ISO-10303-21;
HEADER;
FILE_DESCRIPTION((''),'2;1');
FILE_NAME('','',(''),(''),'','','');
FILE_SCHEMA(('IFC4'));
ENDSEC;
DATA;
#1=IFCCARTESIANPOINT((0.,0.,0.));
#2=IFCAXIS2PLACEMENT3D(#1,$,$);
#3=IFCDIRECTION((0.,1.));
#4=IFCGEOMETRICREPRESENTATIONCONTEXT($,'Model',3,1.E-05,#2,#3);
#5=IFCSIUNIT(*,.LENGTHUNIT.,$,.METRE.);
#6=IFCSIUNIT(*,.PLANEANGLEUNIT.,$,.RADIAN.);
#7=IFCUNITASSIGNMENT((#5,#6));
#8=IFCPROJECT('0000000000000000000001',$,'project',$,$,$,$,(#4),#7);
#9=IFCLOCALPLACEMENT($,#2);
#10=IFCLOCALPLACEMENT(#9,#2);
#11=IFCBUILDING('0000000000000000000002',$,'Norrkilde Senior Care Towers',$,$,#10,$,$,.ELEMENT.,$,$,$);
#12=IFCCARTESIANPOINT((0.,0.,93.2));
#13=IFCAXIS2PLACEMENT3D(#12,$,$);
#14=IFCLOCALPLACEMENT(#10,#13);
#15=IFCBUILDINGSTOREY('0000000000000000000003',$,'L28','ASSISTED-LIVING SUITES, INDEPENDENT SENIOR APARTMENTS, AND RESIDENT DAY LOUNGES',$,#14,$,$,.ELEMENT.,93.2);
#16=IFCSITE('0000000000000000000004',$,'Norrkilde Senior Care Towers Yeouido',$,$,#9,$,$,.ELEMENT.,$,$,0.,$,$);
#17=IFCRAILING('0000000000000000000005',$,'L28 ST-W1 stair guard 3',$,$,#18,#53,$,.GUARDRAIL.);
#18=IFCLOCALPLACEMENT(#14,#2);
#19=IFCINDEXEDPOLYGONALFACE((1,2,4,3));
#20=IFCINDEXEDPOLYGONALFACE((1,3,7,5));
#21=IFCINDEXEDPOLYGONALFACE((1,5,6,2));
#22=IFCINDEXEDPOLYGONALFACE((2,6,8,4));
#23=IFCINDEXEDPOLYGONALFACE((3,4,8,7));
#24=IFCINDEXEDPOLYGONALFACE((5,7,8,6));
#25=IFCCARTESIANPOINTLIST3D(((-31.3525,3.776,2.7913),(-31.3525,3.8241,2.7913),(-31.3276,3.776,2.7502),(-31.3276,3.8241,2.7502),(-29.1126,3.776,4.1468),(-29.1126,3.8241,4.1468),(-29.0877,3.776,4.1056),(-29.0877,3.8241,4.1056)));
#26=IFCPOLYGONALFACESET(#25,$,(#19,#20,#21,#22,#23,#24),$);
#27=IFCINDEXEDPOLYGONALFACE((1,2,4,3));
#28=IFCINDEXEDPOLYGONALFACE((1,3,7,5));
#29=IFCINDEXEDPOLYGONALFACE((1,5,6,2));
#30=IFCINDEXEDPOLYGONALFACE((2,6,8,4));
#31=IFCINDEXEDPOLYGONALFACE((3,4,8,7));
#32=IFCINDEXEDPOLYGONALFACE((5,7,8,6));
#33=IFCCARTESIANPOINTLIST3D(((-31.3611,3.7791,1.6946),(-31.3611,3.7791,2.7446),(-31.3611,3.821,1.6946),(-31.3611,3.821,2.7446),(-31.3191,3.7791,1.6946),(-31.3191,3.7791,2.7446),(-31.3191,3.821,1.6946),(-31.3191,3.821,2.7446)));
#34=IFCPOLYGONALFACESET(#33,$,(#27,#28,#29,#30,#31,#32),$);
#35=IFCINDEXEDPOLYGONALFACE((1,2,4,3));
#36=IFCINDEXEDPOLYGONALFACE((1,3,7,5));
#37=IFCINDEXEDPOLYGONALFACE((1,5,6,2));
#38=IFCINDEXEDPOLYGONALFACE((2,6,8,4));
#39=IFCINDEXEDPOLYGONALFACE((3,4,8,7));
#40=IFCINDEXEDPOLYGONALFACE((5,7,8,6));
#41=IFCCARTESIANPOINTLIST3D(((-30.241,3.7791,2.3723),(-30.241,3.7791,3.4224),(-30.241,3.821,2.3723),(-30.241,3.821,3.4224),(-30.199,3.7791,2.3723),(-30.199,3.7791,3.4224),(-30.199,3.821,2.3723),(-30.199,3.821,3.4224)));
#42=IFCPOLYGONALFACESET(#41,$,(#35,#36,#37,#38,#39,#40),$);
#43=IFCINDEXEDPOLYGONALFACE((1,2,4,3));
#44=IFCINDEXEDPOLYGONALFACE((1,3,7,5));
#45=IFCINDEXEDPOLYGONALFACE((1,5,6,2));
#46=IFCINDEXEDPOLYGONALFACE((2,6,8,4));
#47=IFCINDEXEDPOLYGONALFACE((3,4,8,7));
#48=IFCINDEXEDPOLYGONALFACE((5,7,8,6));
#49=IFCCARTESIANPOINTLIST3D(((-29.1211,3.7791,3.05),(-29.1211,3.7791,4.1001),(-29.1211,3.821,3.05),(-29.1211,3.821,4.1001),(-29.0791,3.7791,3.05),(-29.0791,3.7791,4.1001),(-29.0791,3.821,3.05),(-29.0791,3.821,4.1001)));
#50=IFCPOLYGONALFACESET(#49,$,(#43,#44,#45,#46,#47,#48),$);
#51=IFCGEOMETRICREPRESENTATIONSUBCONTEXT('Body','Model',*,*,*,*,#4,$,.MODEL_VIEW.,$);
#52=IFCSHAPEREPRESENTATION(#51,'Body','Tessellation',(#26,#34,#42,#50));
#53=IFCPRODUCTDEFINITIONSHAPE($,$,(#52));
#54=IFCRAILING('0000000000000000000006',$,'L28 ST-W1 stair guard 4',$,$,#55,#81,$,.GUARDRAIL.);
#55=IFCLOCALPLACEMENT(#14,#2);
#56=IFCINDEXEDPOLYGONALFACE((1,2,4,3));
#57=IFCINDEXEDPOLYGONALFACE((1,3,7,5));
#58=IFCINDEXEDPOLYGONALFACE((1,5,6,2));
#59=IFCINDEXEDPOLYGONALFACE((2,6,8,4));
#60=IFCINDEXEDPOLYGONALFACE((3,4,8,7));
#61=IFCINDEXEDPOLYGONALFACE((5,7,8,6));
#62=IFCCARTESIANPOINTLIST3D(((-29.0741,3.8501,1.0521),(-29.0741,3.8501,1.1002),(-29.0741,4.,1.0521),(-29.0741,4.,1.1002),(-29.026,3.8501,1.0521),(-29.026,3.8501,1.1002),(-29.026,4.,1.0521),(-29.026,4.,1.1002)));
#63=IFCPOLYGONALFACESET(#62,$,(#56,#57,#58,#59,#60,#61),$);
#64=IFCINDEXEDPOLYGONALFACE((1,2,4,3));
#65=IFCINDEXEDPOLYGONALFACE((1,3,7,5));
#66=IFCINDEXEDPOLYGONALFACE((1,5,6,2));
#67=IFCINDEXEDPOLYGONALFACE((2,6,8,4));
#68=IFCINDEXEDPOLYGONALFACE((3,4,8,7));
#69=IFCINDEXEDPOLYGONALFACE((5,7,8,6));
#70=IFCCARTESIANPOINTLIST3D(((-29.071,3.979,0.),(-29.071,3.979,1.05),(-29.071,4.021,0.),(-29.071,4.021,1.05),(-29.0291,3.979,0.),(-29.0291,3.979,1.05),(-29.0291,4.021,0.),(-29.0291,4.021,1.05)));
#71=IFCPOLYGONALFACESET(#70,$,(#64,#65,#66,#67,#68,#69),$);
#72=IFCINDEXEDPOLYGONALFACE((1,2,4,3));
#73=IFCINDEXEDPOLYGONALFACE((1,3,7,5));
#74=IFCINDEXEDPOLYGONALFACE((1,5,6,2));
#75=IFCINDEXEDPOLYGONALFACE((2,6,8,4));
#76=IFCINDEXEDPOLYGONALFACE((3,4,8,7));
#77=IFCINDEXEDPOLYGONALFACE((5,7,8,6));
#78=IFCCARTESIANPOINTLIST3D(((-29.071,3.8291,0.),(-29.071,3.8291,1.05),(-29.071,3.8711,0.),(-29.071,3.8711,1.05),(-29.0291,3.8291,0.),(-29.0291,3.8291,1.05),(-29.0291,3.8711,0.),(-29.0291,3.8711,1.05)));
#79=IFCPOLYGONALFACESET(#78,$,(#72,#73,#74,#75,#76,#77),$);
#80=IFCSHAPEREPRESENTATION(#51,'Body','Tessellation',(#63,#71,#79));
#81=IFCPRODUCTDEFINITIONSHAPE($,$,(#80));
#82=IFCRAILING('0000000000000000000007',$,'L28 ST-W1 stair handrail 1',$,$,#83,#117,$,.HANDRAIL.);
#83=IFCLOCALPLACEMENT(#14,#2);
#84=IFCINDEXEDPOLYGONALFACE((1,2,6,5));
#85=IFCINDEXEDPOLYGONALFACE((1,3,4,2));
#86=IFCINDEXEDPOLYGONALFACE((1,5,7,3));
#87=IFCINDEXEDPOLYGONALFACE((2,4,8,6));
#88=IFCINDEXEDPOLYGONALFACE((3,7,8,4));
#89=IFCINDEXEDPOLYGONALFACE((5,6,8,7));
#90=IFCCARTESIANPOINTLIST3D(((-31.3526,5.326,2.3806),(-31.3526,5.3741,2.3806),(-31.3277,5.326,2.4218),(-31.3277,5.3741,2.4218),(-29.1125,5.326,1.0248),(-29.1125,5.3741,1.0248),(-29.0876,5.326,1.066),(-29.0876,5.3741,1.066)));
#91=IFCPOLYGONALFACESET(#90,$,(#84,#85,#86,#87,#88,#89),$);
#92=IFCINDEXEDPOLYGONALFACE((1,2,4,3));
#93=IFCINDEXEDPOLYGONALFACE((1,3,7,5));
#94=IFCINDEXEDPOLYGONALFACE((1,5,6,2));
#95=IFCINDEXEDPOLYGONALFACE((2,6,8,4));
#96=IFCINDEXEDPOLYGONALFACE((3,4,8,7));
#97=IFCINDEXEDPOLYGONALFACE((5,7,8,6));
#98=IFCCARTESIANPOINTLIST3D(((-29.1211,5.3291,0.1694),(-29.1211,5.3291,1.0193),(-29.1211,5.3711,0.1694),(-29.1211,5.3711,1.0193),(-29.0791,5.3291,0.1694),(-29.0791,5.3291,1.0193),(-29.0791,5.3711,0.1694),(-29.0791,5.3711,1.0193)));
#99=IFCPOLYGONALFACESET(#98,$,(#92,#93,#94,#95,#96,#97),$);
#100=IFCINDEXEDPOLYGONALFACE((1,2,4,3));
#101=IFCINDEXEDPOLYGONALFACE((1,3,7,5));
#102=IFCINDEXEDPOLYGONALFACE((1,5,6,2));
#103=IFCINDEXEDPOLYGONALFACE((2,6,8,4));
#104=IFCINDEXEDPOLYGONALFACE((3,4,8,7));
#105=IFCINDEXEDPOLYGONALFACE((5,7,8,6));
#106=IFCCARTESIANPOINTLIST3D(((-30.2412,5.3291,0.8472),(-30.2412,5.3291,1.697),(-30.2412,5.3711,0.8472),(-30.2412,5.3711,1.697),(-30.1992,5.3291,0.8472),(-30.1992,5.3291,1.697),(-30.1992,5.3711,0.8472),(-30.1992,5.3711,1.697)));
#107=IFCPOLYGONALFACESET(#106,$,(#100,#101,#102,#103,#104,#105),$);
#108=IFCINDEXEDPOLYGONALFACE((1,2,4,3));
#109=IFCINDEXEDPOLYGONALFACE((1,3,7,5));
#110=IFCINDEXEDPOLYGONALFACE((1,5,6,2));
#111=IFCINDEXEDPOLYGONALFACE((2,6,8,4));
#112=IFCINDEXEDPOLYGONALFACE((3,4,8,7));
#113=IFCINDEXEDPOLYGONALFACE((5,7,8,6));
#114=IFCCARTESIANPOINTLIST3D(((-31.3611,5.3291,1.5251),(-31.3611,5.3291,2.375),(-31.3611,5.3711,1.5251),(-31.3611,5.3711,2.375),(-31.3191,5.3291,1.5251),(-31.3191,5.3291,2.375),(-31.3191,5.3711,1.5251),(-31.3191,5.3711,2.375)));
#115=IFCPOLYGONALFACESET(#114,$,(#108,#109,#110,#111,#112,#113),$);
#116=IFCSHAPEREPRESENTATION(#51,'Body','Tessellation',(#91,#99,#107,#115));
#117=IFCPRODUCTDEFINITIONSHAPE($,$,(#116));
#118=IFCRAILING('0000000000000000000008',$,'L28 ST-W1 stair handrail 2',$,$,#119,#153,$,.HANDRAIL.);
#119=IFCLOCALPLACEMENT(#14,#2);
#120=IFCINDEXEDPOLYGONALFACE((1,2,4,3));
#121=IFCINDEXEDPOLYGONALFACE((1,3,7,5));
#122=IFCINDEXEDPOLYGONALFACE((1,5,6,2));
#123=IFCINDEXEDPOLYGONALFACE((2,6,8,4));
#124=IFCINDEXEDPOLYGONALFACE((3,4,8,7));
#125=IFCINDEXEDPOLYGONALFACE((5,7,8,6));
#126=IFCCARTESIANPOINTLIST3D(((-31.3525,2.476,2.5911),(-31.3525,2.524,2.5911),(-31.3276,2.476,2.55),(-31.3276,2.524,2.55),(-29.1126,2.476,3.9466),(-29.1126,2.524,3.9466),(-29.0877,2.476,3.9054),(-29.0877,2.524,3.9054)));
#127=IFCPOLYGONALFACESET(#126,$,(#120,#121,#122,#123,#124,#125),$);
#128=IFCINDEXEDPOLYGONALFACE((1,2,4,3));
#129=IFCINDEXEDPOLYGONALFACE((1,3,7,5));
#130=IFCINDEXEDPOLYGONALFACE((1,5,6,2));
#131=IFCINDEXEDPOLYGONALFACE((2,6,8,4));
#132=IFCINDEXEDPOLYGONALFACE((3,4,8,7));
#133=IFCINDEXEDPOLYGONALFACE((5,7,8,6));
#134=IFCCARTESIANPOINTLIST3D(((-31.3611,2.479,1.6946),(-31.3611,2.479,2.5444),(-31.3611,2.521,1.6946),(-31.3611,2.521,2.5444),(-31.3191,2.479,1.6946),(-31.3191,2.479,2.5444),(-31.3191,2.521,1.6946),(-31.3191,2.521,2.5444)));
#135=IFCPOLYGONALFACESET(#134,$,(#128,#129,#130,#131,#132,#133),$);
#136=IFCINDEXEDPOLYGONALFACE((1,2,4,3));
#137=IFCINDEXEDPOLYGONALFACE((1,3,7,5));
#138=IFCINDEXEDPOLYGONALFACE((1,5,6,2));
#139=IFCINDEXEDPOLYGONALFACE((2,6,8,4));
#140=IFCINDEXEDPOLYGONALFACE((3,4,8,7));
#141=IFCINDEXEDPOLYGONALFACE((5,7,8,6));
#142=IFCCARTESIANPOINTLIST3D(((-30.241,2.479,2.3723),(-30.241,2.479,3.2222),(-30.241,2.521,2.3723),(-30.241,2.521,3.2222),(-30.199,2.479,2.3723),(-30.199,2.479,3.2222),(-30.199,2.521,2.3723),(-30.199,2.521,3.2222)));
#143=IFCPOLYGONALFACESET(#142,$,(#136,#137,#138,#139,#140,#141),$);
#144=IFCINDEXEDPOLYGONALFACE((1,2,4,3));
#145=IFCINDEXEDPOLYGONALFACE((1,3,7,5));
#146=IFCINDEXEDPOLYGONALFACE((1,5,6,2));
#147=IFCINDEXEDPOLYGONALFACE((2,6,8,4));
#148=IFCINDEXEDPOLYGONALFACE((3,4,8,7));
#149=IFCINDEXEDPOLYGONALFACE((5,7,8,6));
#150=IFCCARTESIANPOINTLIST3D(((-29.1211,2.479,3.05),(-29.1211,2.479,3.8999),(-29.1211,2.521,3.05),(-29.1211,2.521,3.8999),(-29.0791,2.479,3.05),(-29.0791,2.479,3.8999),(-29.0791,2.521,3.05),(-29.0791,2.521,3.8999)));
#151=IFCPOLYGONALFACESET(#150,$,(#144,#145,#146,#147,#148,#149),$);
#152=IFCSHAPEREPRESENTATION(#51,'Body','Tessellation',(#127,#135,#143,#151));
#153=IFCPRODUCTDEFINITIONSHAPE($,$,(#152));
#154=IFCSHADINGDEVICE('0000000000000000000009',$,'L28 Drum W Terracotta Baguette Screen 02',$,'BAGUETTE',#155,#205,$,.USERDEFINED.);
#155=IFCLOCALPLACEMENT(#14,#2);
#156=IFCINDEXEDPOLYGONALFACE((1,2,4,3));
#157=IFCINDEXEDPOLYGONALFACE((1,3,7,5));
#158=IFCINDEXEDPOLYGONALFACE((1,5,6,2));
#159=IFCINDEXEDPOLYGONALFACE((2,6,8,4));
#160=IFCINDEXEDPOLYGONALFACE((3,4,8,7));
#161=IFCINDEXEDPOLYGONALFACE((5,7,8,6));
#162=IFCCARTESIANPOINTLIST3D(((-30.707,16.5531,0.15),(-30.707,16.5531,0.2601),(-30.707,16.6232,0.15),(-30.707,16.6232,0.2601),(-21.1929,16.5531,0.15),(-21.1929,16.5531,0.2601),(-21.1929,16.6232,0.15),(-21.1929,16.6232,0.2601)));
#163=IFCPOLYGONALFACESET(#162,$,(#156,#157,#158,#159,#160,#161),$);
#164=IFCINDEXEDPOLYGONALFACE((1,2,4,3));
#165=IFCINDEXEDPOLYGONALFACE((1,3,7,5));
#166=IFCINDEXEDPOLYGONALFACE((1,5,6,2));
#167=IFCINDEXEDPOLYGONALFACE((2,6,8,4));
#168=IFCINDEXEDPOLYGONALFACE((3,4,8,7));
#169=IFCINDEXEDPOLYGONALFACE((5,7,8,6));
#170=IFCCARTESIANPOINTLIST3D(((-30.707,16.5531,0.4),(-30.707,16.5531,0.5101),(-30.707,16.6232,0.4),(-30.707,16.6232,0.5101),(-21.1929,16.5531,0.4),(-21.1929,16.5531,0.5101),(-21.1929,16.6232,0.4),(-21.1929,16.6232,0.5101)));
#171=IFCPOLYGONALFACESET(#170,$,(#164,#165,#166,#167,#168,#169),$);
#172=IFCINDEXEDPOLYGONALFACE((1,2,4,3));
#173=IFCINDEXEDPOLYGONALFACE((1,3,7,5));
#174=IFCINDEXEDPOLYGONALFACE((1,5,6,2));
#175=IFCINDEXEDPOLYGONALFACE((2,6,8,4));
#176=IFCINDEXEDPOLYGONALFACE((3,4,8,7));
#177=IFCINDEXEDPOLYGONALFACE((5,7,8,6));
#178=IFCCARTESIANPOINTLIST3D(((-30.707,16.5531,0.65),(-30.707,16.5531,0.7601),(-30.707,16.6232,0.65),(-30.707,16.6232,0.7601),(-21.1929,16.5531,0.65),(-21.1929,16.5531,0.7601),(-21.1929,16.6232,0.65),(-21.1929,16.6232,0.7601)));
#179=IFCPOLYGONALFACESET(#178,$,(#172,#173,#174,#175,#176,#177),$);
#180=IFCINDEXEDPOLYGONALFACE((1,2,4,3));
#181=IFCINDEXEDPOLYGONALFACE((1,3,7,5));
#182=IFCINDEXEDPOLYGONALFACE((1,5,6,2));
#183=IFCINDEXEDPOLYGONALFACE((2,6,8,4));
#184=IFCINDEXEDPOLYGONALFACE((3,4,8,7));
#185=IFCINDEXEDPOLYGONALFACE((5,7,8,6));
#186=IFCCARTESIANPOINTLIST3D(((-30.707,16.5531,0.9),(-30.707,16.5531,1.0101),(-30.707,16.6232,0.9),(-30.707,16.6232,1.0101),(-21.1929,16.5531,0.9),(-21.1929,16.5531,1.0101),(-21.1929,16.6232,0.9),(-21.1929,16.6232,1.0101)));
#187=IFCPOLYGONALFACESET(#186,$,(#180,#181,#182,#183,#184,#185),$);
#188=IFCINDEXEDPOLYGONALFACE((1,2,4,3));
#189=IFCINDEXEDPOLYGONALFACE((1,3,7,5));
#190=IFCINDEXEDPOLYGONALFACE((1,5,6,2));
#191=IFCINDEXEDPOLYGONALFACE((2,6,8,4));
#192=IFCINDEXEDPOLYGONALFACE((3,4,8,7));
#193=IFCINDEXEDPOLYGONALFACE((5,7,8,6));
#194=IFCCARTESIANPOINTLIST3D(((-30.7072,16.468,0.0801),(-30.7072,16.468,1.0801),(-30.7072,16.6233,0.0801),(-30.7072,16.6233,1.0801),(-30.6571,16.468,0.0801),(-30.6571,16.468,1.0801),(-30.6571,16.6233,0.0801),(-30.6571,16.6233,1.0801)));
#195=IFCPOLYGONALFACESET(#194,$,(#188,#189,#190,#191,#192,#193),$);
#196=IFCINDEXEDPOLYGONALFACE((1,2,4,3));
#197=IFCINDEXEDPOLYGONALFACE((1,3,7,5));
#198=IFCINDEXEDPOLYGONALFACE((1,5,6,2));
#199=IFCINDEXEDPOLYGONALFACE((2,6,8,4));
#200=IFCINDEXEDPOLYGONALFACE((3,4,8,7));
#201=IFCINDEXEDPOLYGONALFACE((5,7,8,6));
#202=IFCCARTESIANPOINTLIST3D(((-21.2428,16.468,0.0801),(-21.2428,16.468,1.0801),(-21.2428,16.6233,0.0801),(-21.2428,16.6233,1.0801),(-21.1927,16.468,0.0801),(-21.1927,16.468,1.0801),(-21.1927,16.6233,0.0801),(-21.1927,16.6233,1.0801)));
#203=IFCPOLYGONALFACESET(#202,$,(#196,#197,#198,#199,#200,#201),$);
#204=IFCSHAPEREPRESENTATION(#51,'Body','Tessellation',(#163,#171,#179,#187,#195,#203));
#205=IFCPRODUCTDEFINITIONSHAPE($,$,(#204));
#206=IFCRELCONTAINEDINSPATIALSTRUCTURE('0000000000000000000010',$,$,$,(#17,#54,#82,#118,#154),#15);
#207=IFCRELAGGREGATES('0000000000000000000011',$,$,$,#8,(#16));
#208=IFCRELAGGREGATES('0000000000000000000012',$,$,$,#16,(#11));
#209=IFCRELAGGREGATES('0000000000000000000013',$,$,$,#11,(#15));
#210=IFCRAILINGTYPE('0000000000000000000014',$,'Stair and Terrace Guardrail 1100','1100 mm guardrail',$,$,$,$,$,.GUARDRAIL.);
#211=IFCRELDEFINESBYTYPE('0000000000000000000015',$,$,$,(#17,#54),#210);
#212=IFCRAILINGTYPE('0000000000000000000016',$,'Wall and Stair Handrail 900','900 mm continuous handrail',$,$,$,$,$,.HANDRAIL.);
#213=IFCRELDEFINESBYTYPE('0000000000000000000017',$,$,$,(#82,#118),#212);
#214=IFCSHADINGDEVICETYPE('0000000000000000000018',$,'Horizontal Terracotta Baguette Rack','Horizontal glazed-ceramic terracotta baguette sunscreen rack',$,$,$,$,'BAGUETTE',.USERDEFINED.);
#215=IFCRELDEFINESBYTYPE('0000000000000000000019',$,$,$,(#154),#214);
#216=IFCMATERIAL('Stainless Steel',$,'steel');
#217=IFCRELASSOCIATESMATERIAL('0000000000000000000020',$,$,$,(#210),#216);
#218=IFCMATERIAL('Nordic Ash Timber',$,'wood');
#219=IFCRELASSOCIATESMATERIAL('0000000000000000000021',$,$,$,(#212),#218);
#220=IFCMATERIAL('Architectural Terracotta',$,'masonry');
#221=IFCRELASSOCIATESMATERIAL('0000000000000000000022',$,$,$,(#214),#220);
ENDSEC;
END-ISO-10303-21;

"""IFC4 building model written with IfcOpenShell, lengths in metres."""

from ifc_helpers import new_model, si_unit, direction, frame, origin, origin_2d, place, context, subcontext, project, spatial, rectangle, extrude, source, transform, mapped, material, type_object, type_shapes, element, save


model = new_model("IFC4")

# Units and contexts
model_context = context("Model", 3, precision=1e-05, world=origin(), true_north=direction((0.0, 1.0)))
body_context = subcontext(model_context, "Body", "Model", "MODEL_VIEW")
ifc_project = project(units=[si_unit("LENGTHUNIT", "METRE"), si_unit("PLANEANGLEUNIT", "RADIAN")], contexts=[model_context])

# Site, building, storey
site_placement = place(None, origin())
site = spatial("IfcSite", under=ifc_project, at=site_placement, Name="Norrkilde Senior Care Towers Yeouido", CompositionType="ELEMENT", RefElevation=0.0)
building_placement = place(site_placement, origin())
building = spatial("IfcBuilding", under=site, at=building_placement, Name="Norrkilde Senior Care Towers", CompositionType="ELEMENT")
storey_placement = place(building_placement, frame((0.0, 0.0, 93.2)))
storey = spatial("IfcBuildingStorey", under=building, at=storey_placement, Name="L28", Description="ASSISTED-LIVING SUITES, INDEPENDENT SENIOR APARTMENTS, AND RESIDENT DAY LOUNGES", CompositionType="ELEMENT", Elevation=93.2)

# Shared definitions
ifc_material_1 = material(Name="Nordic Ash Timber", Category="wood")

# Railings
ifc_material_2 = material(Name="Stainless Steel", Category="steel")
railing_type_1 = type_object("IfcRailingType", Name="Stair and Terrace Guardrail 1100", Description="1100 mm guardrail", PredefinedType="GUARDRAIL", material=ifc_material_2)
railing_1_placement = place(storey_placement, frame((-31.3401, 3.8, 1.6946)))
element("IfcRailing", 1, at=railing_1_placement, inside=storey, type_object=railing_type_1, Name="L28 ST-W1 stair guard 3", PredefinedType="GUARDRAIL", context=body_context, shape_type="SweptSolid", body=[
    extrude(rectangle(XDim=0.0481, YDim=0.0481, at=origin_2d()), frame((0.0, 0.0, 1.0762), z_axis=(0.855553, 0.0, 0.517715), x_axis=(0.0, 1.0, 0.0)), (0.0, 0.0, 1.0), 2.6182),
    extrude(rectangle(XDim=0.042, YDim=0.042, at=origin_2d()), origin(), (0.0, 0.0, 1.0), 1.05),
    extrude(rectangle(XDim=0.042, YDim=0.042, at=origin_2d()), frame((1.1201, 0.0, 0.6777)), (0.0, 0.0, 1.0), 1.05),
    extrude(rectangle(XDim=0.042, YDim=0.042, at=origin_2d()), frame((2.24, 0.0, 1.3555)), (0.0, 0.0, 1.0), 1.05),
])
railing_2_placement = place(storey_placement, frame((-29.05, 4.0, 0.0)))
element("IfcRailing", 2, at=railing_2_placement, inside=storey, type_object=railing_type_1, Name="L28 ST-W1 stair guard 4", PredefinedType="GUARDRAIL", context=body_context, shape_type="SweptSolid", body=[
    extrude(rectangle(XDim=0.0481, YDim=0.0481, at=origin_2d()), frame((0.0, 0.0, 1.0762), z_axis=(0.0, -1.0, 0.0), x_axis=(1.0, 0.0, 0.0)), (0.0, 0.0, 1.0), 0.1499),
    extrude(rectangle(XDim=0.042, YDim=0.042, at=origin_2d()), origin(), (0.0, 0.0, 1.0), 1.05),
    extrude(rectangle(XDim=0.042, YDim=0.042, at=origin_2d()), frame((0.0, -0.1499, 0.0)), (0.0, 0.0, 1.0), 1.05),
])
railing_type_2 = type_object("IfcRailingType", Name="Wall and Stair Handrail 900", Description="900 mm continuous handrail", PredefinedType="HANDRAIL", material=ifc_material_1)
railing_3_placement = place(storey_placement, frame((-29.1001, 5.3501, 0.1694)))
element("IfcRailing", 3, at=railing_3_placement, inside=storey, type_object=railing_type_2, Name="L28 ST-W1 stair handrail 1", PredefinedType="HANDRAIL", context=body_context, shape_type="SweptSolid", body=[
    extrude(rectangle(XDim=0.0481, YDim=0.0481, at=origin_2d()), frame((0.0, 0.0, 0.876), z_axis=(-0.855512, 0.0, 0.517783), x_axis=(0.0, -1.0, 0.0)), (0.0, 0.0, 1.0), 2.6184),
    extrude(rectangle(XDim=0.042, YDim=0.042, at=origin_2d()), origin(), (0.0, 0.0, 1.0), 0.8499),
    extrude(rectangle(XDim=0.042, YDim=0.042, at=origin_2d()), frame((-1.1201, 0.0, 0.6777)), (0.0, 0.0, 1.0), 0.8499),
    extrude(rectangle(XDim=0.042, YDim=0.042, at=origin_2d()), frame((-2.24, 0.0, 1.3557)), (0.0, 0.0, 1.0), 0.8499),
])
railing_4_placement = place(storey_placement, frame((-31.3401, 2.5, 1.6946)))
element("IfcRailing", 4, at=railing_4_placement, inside=storey, type_object=railing_type_2, Name="L28 ST-W1 stair handrail 2", PredefinedType="HANDRAIL", context=body_context, shape_type="SweptSolid", body=[
    extrude(rectangle(XDim=0.0481, YDim=0.0481, at=origin_2d()), frame((0.0, 0.0, 0.876), z_axis=(0.855553, 0.0, 0.517715), x_axis=(0.0, 1.0, 0.0)), (0.0, 0.0, 1.0), 2.6182),
    extrude(rectangle(XDim=0.042, YDim=0.042, at=origin_2d()), origin(), (0.0, 0.0, 1.0), 0.8499),
    extrude(rectangle(XDim=0.042, YDim=0.042, at=origin_2d()), frame((1.1201, 0.0, 0.6777)), (0.0, 0.0, 1.0), 0.8499),
    extrude(rectangle(XDim=0.042, YDim=0.042, at=origin_2d()), frame((2.24, 0.0, 1.3555)), (0.0, 0.0, 1.0), 0.8499),
])

# Shading device
ifc_material_3 = material(Name="Architectural Terracotta", Category="masonry")
shading_device_type = type_object("IfcShadingDeviceType", Name="Horizontal Terracotta Baguette Rack", Description="Horizontal glazed-ceramic terracotta baguette sunscreen rack", ElementType="BAGUETTE", PredefinedType="USERDEFINED", material=ifc_material_3)
shared_shape_1 = source(origin(), body_context, "Body", "SweptSolid", [
    extrude(rectangle(XDim=0.0701, YDim=0.1101, at=origin_2d()), frame((0.0, 0.0901, 0.125), z_axis=(1.0, 0.0, 0.0), x_axis=(0.0, 1.0, 0.0)), (0.0, 0.0, 1.0), 9.5142),
    extrude(rectangle(XDim=0.0701, YDim=0.1101, at=origin_2d()), frame((0.0, 0.0901, 0.375), z_axis=(1.0, 0.0, 0.0), x_axis=(0.0, 1.0, 0.0)), (0.0, 0.0, 1.0), 9.5142),
    extrude(rectangle(XDim=0.0701, YDim=0.1101, at=origin_2d()), frame((0.0, 0.0901, 0.625), z_axis=(1.0, 0.0, 0.0), x_axis=(0.0, 1.0, 0.0)), (0.0, 0.0, 1.0), 9.5142),
    extrude(rectangle(XDim=0.0701, YDim=0.1101, at=origin_2d()), frame((0.0, 0.0901, 0.875), z_axis=(1.0, 0.0, 0.0), x_axis=(0.0, 1.0, 0.0)), (0.0, 0.0, 1.0), 9.5142),
    extrude(rectangle(XDim=0.05, YDim=0.1553, at=origin_2d()), frame((0.0249, 0.0476, 0.0)), (0.0, 0.0, 1.0), 1.0),
    extrude(rectangle(XDim=0.05, YDim=0.1553, at=origin_2d()), frame((9.4893, 0.0476, 0.0)), (0.0, 0.0, 1.0), 1.0),
])
type_shapes(shading_device_type, [shared_shape_1])
shading_device_placement = place(storey_placement, frame((-30.707, 16.498, 0.0801), z_axis=(0.0, 0.0, 1.0), x_axis=(1.0, 0.0, 0.0)))
element("IfcShadingDevice", 5, at=shading_device_placement, inside=storey, type_object=shading_device_type, Name="L28 Drum W Terracotta Baguette Screen 02", ObjectType="BAGUETTE", PredefinedType="USERDEFINED", context=body_context, shape_type="MappedRepresentation", body=[
    mapped(shared_shape_1, transform((0.0, 0.0, 0.0), x_axis=(1.0, 0.0, 0.0), y_axis=(0.0, 1.0, 0.0), z_axis=(0.0, 0.0, 1.0), scale=1.0)),
])

save(model, "model.ifc")
